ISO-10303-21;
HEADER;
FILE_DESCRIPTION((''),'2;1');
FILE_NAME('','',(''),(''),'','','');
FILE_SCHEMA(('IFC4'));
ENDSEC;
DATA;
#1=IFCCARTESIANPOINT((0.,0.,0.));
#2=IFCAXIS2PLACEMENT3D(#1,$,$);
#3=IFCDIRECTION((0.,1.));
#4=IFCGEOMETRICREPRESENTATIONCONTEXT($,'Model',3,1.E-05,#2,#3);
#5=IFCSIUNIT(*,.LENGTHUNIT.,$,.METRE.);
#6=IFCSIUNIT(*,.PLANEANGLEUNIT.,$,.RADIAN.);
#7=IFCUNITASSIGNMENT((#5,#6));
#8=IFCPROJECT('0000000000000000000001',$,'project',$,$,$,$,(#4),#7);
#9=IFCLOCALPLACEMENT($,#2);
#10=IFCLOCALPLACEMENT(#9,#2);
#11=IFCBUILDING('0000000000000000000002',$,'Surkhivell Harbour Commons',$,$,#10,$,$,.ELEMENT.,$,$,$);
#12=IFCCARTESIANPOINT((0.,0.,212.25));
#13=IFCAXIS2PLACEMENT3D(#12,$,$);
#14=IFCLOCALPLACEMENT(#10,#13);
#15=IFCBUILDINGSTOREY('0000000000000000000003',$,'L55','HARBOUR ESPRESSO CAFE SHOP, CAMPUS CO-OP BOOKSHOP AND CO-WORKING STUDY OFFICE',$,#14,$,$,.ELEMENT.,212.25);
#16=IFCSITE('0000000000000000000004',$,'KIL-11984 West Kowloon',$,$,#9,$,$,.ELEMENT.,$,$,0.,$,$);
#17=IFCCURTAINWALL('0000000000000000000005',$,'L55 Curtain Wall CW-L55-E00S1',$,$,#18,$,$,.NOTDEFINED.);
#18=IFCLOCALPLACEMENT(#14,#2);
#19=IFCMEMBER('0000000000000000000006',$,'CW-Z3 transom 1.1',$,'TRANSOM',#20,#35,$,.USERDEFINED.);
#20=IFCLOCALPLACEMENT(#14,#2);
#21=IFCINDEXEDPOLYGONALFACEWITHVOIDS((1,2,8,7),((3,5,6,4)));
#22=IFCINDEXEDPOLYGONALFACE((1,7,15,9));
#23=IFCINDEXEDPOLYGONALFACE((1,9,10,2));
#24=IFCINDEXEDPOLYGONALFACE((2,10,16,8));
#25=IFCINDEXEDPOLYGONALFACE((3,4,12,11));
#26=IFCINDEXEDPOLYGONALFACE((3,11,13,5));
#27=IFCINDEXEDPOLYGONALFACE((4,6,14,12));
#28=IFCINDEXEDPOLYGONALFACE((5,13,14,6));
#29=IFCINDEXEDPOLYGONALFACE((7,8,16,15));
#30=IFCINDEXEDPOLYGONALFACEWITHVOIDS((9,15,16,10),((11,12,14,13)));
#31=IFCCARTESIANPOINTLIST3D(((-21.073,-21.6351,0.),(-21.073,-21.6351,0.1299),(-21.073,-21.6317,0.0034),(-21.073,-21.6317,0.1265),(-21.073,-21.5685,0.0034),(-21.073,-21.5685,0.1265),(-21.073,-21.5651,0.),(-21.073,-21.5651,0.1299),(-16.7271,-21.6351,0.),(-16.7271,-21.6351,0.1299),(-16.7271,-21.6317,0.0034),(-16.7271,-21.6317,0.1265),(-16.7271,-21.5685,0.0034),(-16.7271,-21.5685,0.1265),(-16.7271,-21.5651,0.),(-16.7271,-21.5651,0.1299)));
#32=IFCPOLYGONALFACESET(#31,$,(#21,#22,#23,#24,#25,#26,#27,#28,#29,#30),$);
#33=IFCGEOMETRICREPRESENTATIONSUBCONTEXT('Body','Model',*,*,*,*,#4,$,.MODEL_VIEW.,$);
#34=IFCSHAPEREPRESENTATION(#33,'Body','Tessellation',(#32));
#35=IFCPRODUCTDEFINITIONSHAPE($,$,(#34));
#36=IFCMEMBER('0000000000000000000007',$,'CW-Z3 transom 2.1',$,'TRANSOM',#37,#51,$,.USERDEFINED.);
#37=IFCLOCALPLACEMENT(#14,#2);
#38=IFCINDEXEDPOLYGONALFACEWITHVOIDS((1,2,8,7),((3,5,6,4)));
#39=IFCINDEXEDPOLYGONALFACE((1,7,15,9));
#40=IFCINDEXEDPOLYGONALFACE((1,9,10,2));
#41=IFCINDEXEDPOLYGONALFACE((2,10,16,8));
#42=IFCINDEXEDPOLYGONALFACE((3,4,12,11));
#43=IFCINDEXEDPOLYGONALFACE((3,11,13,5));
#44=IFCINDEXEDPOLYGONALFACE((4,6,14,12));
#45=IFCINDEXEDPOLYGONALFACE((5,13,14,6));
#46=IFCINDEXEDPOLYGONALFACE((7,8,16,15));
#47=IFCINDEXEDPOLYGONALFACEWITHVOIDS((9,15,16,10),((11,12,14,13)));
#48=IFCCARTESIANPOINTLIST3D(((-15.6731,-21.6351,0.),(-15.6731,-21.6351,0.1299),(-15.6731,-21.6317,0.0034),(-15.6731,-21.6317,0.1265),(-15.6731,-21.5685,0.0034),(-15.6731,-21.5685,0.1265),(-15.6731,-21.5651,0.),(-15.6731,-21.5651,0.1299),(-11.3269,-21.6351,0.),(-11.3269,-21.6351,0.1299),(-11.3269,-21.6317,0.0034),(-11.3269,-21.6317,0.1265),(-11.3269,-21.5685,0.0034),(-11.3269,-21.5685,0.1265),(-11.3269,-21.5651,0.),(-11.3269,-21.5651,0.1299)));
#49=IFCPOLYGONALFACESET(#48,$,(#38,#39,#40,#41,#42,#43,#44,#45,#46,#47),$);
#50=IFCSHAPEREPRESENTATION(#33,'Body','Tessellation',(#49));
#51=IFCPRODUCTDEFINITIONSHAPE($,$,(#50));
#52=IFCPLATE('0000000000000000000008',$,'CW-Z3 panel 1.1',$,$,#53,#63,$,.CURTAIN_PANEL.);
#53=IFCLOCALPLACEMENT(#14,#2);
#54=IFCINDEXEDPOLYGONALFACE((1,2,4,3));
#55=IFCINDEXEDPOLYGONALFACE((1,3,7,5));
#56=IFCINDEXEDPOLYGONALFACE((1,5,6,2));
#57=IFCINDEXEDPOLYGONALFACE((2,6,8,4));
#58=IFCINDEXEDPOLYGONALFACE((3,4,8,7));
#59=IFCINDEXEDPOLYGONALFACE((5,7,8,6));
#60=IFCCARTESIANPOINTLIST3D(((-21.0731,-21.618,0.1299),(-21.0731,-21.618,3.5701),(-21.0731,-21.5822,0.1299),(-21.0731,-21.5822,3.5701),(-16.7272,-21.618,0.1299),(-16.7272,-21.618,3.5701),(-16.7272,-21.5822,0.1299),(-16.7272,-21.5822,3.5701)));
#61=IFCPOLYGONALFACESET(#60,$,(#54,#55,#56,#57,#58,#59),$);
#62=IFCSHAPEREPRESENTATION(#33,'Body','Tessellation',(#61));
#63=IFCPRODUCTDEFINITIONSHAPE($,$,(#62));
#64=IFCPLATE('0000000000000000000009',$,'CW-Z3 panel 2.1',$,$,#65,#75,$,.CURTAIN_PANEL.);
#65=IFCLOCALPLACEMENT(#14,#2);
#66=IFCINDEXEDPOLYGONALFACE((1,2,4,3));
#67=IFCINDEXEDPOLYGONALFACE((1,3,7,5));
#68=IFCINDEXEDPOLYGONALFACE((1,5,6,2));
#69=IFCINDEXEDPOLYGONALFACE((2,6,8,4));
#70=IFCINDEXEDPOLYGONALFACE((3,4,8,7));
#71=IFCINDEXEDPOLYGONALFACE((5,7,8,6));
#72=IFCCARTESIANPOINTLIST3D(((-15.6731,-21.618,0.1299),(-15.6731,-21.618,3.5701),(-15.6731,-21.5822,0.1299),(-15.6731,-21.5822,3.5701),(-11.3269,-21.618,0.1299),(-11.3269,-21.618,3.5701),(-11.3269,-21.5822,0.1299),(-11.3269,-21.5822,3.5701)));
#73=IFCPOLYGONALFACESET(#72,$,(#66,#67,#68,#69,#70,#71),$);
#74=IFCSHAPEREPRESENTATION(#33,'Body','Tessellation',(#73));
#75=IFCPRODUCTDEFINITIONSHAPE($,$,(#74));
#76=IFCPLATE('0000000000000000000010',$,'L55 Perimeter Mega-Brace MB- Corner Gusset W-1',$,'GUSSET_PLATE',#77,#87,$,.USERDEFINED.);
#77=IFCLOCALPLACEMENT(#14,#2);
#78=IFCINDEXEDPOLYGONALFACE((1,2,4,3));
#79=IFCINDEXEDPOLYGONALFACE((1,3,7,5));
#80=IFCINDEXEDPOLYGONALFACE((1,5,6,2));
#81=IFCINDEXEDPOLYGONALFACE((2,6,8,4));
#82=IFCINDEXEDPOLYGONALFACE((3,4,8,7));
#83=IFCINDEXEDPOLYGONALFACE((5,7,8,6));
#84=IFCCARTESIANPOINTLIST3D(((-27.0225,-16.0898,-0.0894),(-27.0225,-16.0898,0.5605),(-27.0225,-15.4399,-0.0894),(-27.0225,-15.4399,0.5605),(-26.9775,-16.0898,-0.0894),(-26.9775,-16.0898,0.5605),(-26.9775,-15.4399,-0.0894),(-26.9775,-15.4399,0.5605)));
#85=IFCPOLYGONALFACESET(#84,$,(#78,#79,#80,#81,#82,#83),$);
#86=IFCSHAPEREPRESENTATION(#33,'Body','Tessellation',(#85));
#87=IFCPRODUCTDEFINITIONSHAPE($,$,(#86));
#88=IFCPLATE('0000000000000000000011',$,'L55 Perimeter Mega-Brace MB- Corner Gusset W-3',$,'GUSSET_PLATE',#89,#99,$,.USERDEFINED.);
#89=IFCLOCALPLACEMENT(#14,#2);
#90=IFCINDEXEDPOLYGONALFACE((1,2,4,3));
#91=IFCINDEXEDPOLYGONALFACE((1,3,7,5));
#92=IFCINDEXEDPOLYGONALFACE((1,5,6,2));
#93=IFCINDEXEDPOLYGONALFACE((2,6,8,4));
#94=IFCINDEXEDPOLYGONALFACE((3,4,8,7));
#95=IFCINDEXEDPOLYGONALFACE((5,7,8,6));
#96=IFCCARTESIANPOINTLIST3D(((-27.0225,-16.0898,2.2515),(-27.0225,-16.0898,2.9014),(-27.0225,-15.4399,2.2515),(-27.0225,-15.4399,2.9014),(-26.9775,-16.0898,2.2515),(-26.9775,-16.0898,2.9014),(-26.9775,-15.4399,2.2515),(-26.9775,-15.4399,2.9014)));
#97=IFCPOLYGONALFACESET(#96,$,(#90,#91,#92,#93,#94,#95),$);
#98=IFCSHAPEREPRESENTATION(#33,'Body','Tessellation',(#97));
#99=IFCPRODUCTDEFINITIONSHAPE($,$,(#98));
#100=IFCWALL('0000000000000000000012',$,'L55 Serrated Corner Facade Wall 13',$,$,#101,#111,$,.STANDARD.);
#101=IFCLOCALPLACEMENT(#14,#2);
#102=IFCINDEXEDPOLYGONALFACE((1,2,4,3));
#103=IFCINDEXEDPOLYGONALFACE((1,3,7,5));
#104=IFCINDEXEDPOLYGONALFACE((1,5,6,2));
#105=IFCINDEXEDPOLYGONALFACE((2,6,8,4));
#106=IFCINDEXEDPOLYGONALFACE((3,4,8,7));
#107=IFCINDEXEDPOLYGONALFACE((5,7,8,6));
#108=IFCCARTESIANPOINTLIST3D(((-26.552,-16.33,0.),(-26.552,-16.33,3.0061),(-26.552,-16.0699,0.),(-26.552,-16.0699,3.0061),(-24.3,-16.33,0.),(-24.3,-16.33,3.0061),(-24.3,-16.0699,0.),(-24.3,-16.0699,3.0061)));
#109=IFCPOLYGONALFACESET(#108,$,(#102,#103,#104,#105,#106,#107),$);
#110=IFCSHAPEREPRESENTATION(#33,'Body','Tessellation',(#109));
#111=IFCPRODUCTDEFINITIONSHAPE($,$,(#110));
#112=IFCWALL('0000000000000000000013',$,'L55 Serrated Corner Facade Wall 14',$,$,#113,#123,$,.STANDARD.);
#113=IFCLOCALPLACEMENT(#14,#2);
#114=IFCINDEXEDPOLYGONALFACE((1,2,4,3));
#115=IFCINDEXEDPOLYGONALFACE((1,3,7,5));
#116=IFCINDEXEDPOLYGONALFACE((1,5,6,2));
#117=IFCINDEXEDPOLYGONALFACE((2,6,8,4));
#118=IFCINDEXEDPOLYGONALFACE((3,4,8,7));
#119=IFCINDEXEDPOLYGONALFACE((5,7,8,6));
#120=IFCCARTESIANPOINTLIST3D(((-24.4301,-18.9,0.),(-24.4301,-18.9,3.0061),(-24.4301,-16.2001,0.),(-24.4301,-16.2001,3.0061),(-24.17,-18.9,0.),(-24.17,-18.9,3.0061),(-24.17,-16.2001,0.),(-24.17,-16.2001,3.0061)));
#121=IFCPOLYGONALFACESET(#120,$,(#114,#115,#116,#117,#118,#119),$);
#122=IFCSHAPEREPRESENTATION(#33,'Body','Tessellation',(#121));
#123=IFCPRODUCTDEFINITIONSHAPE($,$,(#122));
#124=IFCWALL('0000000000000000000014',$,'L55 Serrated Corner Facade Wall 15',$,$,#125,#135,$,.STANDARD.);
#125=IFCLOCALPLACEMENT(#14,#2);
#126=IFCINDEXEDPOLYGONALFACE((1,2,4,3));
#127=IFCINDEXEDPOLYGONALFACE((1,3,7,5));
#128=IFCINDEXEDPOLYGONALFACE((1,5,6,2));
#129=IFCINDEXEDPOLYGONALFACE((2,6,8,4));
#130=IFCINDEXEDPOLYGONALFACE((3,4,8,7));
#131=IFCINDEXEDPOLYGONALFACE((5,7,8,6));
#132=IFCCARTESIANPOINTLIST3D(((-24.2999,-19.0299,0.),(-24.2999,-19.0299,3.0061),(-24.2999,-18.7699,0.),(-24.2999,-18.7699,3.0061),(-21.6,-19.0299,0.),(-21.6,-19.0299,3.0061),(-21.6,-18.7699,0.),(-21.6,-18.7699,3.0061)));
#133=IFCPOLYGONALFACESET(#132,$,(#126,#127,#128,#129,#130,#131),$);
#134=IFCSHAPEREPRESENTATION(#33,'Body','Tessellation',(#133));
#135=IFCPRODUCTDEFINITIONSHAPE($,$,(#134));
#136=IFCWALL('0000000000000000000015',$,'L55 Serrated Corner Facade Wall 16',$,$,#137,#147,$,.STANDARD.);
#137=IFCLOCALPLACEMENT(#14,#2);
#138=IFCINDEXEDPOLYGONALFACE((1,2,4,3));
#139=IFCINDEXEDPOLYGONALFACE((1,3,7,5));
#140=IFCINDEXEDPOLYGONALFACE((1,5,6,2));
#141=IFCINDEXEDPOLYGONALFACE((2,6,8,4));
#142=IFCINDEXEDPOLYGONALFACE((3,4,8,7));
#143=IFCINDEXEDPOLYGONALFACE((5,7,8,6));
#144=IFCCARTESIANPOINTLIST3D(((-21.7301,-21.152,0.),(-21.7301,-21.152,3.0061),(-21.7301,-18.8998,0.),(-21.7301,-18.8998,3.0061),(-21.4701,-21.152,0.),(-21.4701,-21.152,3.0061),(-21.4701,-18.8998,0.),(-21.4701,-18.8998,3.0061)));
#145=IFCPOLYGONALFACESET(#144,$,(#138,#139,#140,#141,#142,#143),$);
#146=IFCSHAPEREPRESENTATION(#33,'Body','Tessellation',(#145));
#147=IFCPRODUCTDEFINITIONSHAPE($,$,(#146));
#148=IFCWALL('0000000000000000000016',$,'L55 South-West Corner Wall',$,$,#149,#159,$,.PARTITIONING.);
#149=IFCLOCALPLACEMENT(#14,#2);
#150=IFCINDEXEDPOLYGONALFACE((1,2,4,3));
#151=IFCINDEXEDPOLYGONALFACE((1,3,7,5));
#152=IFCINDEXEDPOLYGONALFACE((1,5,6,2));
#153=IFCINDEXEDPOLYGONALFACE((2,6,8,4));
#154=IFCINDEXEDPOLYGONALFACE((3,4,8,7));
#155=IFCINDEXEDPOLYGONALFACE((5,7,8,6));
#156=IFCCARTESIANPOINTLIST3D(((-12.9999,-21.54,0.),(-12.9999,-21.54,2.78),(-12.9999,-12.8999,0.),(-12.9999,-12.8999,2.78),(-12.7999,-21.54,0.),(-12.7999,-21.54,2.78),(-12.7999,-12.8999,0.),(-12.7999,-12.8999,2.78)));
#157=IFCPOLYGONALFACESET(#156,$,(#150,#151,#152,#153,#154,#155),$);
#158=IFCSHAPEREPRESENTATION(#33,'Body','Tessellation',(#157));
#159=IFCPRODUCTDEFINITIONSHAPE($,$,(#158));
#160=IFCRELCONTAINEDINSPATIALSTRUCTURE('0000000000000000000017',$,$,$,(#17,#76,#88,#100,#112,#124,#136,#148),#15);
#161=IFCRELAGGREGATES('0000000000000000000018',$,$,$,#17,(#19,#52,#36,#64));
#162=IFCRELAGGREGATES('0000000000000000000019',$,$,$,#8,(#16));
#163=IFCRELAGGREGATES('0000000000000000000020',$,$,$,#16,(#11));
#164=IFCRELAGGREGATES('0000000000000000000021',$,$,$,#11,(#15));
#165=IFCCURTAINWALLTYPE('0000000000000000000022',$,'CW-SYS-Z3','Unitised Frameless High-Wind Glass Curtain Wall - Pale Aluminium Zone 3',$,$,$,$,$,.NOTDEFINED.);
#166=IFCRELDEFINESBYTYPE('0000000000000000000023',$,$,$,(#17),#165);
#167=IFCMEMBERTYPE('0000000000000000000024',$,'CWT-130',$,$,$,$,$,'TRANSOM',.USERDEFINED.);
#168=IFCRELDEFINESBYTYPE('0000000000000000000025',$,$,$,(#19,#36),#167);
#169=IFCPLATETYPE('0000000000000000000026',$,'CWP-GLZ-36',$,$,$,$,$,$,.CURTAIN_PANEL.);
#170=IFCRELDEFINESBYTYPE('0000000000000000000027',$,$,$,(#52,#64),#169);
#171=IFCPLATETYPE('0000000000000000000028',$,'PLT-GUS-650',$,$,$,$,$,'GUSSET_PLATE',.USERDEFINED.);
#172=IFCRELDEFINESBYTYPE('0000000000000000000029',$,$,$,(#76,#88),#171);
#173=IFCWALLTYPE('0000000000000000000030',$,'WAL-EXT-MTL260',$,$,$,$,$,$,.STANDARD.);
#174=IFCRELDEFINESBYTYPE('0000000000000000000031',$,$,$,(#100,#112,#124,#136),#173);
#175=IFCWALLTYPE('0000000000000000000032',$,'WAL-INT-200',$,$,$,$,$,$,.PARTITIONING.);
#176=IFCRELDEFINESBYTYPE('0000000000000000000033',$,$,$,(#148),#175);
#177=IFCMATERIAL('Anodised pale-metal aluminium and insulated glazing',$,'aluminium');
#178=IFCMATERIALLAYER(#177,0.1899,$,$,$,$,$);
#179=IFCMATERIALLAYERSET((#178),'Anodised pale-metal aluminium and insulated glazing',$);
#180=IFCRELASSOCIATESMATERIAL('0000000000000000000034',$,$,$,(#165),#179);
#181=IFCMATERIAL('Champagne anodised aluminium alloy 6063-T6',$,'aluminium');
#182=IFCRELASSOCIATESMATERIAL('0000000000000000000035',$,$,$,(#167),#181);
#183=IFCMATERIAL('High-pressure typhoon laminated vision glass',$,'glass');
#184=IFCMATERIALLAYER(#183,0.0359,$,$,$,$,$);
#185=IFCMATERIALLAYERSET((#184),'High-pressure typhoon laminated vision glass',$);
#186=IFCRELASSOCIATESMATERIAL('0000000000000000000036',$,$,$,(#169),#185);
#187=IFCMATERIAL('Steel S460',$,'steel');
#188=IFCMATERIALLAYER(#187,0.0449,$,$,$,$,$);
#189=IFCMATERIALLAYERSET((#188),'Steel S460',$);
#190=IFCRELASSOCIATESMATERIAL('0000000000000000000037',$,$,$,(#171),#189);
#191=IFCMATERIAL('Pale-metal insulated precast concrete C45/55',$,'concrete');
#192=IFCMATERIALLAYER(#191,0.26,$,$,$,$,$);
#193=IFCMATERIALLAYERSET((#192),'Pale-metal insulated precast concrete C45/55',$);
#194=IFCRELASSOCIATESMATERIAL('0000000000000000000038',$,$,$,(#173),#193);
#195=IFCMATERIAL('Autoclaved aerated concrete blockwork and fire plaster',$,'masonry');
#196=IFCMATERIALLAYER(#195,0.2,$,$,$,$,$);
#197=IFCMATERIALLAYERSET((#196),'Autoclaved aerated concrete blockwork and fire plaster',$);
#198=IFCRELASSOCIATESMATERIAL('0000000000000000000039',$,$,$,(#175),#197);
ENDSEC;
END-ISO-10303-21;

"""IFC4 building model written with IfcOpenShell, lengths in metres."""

from ifc_helpers import new_model, si_unit, direction, frame, frame_2d, origin, origin_2d, place, context, subcontext, project, spatial, rectangle, hollow_rectangle, extrude, material, layer, layer_set, material_profile, profile_set, type_object, element, aggregate, save


model = new_model("IFC4")

# Units and contexts
model_context = context("Model", 3, precision=1e-05, world=origin(), true_north=direction((0.0, 1.0)))
body_context = subcontext(model_context, "Body", "Model", "MODEL_VIEW")
ifc_project = project(units=[si_unit("LENGTHUNIT", "METRE"), si_unit("PLANEANGLEUNIT", "RADIAN")], contexts=[model_context])

# Site, building, storey
site_placement = place(None, origin())
site = spatial("IfcSite", under=ifc_project, at=site_placement, Name="KIL-11984 West Kowloon", CompositionType="ELEMENT", RefElevation=0.0)
building_placement = place(site_placement, origin())
building = spatial("IfcBuilding", under=site, at=building_placement, Name="Surkhivell Harbour Commons", CompositionType="ELEMENT")
storey_placement = place(building_placement, frame((0.0, 0.0, 212.25)))
storey = spatial("IfcBuildingStorey", under=building, at=storey_placement, Name="L55", Description="HARBOUR ESPRESSO CAFE SHOP, CAMPUS CO-OP BOOKSHOP AND CO-WORKING STUDY OFFICE", CompositionType="ELEMENT", Elevation=212.25)

# Curtain wall, members, plates
ifc_material_1 = material(Name="Anodised pale-metal aluminium and insulated glazing", Category="aluminium")
ifc_layer_1 = layer(ifc_material_1, 0.1899)
ifc_layer_set_1 = layer_set([ifc_layer_1], Name="Anodised pale-metal aluminium and insulated glazing")
curtain_wall_type = type_object("IfcCurtainWallType", Name="CW-SYS-Z3", Description="Unitised Frameless High-Wind Glass Curtain Wall - Pale Aluminium Zone 3", PredefinedType="NOTDEFINED", material=ifc_layer_set_1)
curtain_wall_placement = place(storey_placement, origin())
curtain_wall = element("IfcCurtainWall", 1, at=curtain_wall_placement, inside=storey, type_object=curtain_wall_type, Name="L55 Curtain Wall CW-L55-E00S1", PredefinedType="NOTDEFINED")
ifc_material_2 = material(Name="Champagne anodised aluminium alloy 6063-T6", Category="aluminium")
ifc_material_profile_1 = material_profile(ifc_material_2, hollow_rectangle(XDim=0.0701, YDim=0.1299, WallThickness=0.0034, at=origin_2d()), Name="ALU-TRAN-70x130")
ifc_profile_set_1 = profile_set([ifc_material_profile_1], Name="Champagne anodised aluminium alloy 6063-T6")
member_type_1 = type_object("IfcMemberType", Name="CWT-130", ElementType="TRANSOM", PredefinedType="USERDEFINED", material=ifc_profile_set_1)
member_1_placement = place(storey_placement, frame((-21.073, -21.6001, 0.0649), z_axis=(1.0, 0.0, 0.0), x_axis=(0.0, 1.0, 0.0)))
member_1 = element("IfcMember", 2, at=member_1_placement, type_object=member_type_1, Name="CW-Z3 transom 1.1", ObjectType="TRANSOM", PredefinedType="USERDEFINED", context=body_context, shape_type="SweptSolid", body=[
    extrude(hollow_rectangle(XDim=0.0701, YDim=0.1299, WallThickness=0.0034, at=origin_2d()), origin(), (0.0, 0.0, 1.0), 4.3459),
])
member_2_placement = place(storey_placement, frame((-15.6731, -21.6001, 0.0649), z_axis=(1.0, 0.0, 0.0), x_axis=(0.0, 1.0, 0.0)))
member_2 = element("IfcMember", 3, at=member_2_placement, type_object=member_type_1, Name="CW-Z3 transom 2.1", ObjectType="TRANSOM", PredefinedType="USERDEFINED", context=body_context, shape_type="SweptSolid", body=[
    extrude(hollow_rectangle(XDim=0.0701, YDim=0.1299, WallThickness=0.0034, at=origin_2d()), origin(), (0.0, 0.0, 1.0), 4.3462),
])
ifc_material_3 = material(Name="High-pressure typhoon laminated vision glass", Category="glass")
ifc_layer_2 = layer(ifc_material_3, 0.0359)
ifc_layer_set_2 = layer_set([ifc_layer_2], Name="High-pressure typhoon laminated vision glass")
plate_type_1 = type_object("IfcPlateType", Name="CWP-GLZ-36", PredefinedType="CURTAIN_PANEL", material=ifc_layer_set_2)
plate_1_placement = place(storey_placement, frame((-21.073, -21.6001, 0.1299), z_axis=(0.0, 0.0, 1.0), x_axis=(1.0, 0.0, 0.0)))
plate_1 = element("IfcPlate", 4, at=plate_1_placement, type_object=plate_type_1, Name="CW-Z3 panel 1.1", PredefinedType="CURTAIN_PANEL", context=body_context, shape_type="SweptSolid", body=[
    extrude(rectangle(XDim=4.3459, YDim=0.0359, at=frame_2d((2.1729, 0.0))), origin(), (0.0, 0.0, 1.0), 3.4402),
])
plate_2_placement = place(storey_placement, frame((-15.6731, -21.6001, 0.1299), z_axis=(0.0, 0.0, 1.0), x_axis=(1.0, 0.0, 0.0)))
plate_2 = element("IfcPlate", 5, at=plate_2_placement, type_object=plate_type_1, Name="CW-Z3 panel 2.1", PredefinedType="CURTAIN_PANEL", context=body_context, shape_type="SweptSolid", body=[
    extrude(rectangle(XDim=4.3462, YDim=0.0359, at=frame_2d((2.1731, 0.0))), origin(), (0.0, 0.0, 1.0), 3.4402),
])
aggregate(curtain_wall, [member_1, plate_1, member_2, plate_2])

# Plates
ifc_material_4 = material(Name="Steel S460", Category="steel")
ifc_layer_3 = layer(ifc_material_4, 0.0449)
ifc_layer_set_3 = layer_set([ifc_layer_3], Name="Steel S460")
plate_type_2 = type_object("IfcPlateType", Name="PLT-GUS-650", ElementType="GUSSET_PLATE", PredefinedType="USERDEFINED", material=ifc_layer_set_3)
for number, where, z_axis, x_axis, name in (
    (6, (-27.0, -15.7649, -0.0894), (0.0, 0.0, 1.0), (0.0, 1.0, 0.0), "L55 Perimeter Mega-Brace MB- Corner Gusset W-1"),
    (7, (-27.0, -15.7649, 2.2515), (0.0, 0.0, 1.0), (0.0, 1.0, 0.0), "L55 Perimeter Mega-Brace MB- Corner Gusset W-3"),
):
    element("IfcPlate", number, at=place(storey_placement, frame(where, z_axis=z_axis, x_axis=x_axis)), inside=storey, type_object=plate_type_2, Name=name, ObjectType="GUSSET_PLATE", PredefinedType="USERDEFINED", context=body_context, shape_type="SweptSolid", body=[
        extrude(rectangle(XDim=0.6499, YDim=0.0449, at=origin_2d()), origin(), (0.0, 0.0, 1.0), 0.6499),
    ])

# Walls
ifc_material_5 = material(Name="Pale-metal insulated precast concrete C45/55", Category="concrete")
ifc_layer_4 = layer(ifc_material_5, 0.26)
ifc_layer_set_4 = layer_set([ifc_layer_4], Name="Pale-metal insulated precast concrete C45/55")
wall_type_1 = type_object("IfcWallType", Name="WAL-EXT-MTL260", PredefinedType="STANDARD", material=ifc_layer_set_4)
wall_1_placement = place(storey_placement, frame((-26.552, -16.2, 0.0), z_axis=(0.0, 0.0, 1.0), x_axis=(1.0, 0.0, 0.0)))
element("IfcWall", 8, at=wall_1_placement, inside=storey, type_object=wall_type_1, Name="L55 Serrated Corner Facade Wall 13", PredefinedType="STANDARD", context=body_context, shape_type="SweptSolid", body=[
    extrude(rectangle(XDim=2.252, YDim=0.26, at=frame_2d((1.126, 0.0))), origin(), (0.0, 0.0, 1.0), 3.0061),
])
for number, where, z_axis, x_axis, name in (
    (9, (-24.3, -16.2, 0.0), (0.0, 0.0, 1.0), (0.0, -1.0, 0.0), "L55 Serrated Corner Facade Wall 14"),
    (10, (-24.3, -18.8999, 0.0), (0.0, 0.0, 1.0), (1.0, 0.0, 0.0), "L55 Serrated Corner Facade Wall 15"),
):
    element("IfcWall", number, at=place(storey_placement, frame(where, z_axis=z_axis, x_axis=x_axis)), inside=storey, type_object=wall_type_1, Name=name, PredefinedType="STANDARD", context=body_context, shape_type="SweptSolid", body=[
        extrude(rectangle(XDim=2.7, YDim=0.26, at=frame_2d((1.3501, 0.0))), origin(), (0.0, 0.0, 1.0), 3.0061),
    ])
wall_2_placement = place(storey_placement, frame((-21.6001, -18.8999, 0.0), z_axis=(0.0, 0.0, 1.0), x_axis=(0.0, -1.0, 0.0)))
element("IfcWall", 11, at=wall_2_placement, inside=storey, type_object=wall_type_1, Name="L55 Serrated Corner Facade Wall 16", PredefinedType="STANDARD", context=body_context, shape_type="SweptSolid", body=[
    extrude(rectangle(XDim=2.2522, YDim=0.26, at=frame_2d((1.126, 0.0))), origin(), (0.0, 0.0, 1.0), 3.0061),
])
ifc_material_6 = material(Name="Autoclaved aerated concrete blockwork and fire plaster", Category="masonry")
ifc_layer_5 = layer(ifc_material_6, 0.2)
ifc_layer_set_5 = layer_set([ifc_layer_5], Name="Autoclaved aerated concrete blockwork and fire plaster")
wall_type_2 = type_object("IfcWallType", Name="WAL-INT-200", PredefinedType="PARTITIONING", material=ifc_layer_set_5)
wall_3_placement = place(storey_placement, frame((-12.8999, -21.54, 0.0), z_axis=(0.0, 0.0, 1.0), x_axis=(0.0, 1.0, 0.0)))
element("IfcWall", 12, at=wall_3_placement, inside=storey, type_object=wall_type_2, Name="L55 South-West Corner Wall", PredefinedType="PARTITIONING", context=body_context, shape_type="SweptSolid", body=[
    extrude(rectangle(XDim=8.6401, YDim=0.2, at=frame_2d((4.3201, 0.0))), origin(), (0.0, 0.0, 1.0), 2.78),
])

save(model, "model.ifc")
